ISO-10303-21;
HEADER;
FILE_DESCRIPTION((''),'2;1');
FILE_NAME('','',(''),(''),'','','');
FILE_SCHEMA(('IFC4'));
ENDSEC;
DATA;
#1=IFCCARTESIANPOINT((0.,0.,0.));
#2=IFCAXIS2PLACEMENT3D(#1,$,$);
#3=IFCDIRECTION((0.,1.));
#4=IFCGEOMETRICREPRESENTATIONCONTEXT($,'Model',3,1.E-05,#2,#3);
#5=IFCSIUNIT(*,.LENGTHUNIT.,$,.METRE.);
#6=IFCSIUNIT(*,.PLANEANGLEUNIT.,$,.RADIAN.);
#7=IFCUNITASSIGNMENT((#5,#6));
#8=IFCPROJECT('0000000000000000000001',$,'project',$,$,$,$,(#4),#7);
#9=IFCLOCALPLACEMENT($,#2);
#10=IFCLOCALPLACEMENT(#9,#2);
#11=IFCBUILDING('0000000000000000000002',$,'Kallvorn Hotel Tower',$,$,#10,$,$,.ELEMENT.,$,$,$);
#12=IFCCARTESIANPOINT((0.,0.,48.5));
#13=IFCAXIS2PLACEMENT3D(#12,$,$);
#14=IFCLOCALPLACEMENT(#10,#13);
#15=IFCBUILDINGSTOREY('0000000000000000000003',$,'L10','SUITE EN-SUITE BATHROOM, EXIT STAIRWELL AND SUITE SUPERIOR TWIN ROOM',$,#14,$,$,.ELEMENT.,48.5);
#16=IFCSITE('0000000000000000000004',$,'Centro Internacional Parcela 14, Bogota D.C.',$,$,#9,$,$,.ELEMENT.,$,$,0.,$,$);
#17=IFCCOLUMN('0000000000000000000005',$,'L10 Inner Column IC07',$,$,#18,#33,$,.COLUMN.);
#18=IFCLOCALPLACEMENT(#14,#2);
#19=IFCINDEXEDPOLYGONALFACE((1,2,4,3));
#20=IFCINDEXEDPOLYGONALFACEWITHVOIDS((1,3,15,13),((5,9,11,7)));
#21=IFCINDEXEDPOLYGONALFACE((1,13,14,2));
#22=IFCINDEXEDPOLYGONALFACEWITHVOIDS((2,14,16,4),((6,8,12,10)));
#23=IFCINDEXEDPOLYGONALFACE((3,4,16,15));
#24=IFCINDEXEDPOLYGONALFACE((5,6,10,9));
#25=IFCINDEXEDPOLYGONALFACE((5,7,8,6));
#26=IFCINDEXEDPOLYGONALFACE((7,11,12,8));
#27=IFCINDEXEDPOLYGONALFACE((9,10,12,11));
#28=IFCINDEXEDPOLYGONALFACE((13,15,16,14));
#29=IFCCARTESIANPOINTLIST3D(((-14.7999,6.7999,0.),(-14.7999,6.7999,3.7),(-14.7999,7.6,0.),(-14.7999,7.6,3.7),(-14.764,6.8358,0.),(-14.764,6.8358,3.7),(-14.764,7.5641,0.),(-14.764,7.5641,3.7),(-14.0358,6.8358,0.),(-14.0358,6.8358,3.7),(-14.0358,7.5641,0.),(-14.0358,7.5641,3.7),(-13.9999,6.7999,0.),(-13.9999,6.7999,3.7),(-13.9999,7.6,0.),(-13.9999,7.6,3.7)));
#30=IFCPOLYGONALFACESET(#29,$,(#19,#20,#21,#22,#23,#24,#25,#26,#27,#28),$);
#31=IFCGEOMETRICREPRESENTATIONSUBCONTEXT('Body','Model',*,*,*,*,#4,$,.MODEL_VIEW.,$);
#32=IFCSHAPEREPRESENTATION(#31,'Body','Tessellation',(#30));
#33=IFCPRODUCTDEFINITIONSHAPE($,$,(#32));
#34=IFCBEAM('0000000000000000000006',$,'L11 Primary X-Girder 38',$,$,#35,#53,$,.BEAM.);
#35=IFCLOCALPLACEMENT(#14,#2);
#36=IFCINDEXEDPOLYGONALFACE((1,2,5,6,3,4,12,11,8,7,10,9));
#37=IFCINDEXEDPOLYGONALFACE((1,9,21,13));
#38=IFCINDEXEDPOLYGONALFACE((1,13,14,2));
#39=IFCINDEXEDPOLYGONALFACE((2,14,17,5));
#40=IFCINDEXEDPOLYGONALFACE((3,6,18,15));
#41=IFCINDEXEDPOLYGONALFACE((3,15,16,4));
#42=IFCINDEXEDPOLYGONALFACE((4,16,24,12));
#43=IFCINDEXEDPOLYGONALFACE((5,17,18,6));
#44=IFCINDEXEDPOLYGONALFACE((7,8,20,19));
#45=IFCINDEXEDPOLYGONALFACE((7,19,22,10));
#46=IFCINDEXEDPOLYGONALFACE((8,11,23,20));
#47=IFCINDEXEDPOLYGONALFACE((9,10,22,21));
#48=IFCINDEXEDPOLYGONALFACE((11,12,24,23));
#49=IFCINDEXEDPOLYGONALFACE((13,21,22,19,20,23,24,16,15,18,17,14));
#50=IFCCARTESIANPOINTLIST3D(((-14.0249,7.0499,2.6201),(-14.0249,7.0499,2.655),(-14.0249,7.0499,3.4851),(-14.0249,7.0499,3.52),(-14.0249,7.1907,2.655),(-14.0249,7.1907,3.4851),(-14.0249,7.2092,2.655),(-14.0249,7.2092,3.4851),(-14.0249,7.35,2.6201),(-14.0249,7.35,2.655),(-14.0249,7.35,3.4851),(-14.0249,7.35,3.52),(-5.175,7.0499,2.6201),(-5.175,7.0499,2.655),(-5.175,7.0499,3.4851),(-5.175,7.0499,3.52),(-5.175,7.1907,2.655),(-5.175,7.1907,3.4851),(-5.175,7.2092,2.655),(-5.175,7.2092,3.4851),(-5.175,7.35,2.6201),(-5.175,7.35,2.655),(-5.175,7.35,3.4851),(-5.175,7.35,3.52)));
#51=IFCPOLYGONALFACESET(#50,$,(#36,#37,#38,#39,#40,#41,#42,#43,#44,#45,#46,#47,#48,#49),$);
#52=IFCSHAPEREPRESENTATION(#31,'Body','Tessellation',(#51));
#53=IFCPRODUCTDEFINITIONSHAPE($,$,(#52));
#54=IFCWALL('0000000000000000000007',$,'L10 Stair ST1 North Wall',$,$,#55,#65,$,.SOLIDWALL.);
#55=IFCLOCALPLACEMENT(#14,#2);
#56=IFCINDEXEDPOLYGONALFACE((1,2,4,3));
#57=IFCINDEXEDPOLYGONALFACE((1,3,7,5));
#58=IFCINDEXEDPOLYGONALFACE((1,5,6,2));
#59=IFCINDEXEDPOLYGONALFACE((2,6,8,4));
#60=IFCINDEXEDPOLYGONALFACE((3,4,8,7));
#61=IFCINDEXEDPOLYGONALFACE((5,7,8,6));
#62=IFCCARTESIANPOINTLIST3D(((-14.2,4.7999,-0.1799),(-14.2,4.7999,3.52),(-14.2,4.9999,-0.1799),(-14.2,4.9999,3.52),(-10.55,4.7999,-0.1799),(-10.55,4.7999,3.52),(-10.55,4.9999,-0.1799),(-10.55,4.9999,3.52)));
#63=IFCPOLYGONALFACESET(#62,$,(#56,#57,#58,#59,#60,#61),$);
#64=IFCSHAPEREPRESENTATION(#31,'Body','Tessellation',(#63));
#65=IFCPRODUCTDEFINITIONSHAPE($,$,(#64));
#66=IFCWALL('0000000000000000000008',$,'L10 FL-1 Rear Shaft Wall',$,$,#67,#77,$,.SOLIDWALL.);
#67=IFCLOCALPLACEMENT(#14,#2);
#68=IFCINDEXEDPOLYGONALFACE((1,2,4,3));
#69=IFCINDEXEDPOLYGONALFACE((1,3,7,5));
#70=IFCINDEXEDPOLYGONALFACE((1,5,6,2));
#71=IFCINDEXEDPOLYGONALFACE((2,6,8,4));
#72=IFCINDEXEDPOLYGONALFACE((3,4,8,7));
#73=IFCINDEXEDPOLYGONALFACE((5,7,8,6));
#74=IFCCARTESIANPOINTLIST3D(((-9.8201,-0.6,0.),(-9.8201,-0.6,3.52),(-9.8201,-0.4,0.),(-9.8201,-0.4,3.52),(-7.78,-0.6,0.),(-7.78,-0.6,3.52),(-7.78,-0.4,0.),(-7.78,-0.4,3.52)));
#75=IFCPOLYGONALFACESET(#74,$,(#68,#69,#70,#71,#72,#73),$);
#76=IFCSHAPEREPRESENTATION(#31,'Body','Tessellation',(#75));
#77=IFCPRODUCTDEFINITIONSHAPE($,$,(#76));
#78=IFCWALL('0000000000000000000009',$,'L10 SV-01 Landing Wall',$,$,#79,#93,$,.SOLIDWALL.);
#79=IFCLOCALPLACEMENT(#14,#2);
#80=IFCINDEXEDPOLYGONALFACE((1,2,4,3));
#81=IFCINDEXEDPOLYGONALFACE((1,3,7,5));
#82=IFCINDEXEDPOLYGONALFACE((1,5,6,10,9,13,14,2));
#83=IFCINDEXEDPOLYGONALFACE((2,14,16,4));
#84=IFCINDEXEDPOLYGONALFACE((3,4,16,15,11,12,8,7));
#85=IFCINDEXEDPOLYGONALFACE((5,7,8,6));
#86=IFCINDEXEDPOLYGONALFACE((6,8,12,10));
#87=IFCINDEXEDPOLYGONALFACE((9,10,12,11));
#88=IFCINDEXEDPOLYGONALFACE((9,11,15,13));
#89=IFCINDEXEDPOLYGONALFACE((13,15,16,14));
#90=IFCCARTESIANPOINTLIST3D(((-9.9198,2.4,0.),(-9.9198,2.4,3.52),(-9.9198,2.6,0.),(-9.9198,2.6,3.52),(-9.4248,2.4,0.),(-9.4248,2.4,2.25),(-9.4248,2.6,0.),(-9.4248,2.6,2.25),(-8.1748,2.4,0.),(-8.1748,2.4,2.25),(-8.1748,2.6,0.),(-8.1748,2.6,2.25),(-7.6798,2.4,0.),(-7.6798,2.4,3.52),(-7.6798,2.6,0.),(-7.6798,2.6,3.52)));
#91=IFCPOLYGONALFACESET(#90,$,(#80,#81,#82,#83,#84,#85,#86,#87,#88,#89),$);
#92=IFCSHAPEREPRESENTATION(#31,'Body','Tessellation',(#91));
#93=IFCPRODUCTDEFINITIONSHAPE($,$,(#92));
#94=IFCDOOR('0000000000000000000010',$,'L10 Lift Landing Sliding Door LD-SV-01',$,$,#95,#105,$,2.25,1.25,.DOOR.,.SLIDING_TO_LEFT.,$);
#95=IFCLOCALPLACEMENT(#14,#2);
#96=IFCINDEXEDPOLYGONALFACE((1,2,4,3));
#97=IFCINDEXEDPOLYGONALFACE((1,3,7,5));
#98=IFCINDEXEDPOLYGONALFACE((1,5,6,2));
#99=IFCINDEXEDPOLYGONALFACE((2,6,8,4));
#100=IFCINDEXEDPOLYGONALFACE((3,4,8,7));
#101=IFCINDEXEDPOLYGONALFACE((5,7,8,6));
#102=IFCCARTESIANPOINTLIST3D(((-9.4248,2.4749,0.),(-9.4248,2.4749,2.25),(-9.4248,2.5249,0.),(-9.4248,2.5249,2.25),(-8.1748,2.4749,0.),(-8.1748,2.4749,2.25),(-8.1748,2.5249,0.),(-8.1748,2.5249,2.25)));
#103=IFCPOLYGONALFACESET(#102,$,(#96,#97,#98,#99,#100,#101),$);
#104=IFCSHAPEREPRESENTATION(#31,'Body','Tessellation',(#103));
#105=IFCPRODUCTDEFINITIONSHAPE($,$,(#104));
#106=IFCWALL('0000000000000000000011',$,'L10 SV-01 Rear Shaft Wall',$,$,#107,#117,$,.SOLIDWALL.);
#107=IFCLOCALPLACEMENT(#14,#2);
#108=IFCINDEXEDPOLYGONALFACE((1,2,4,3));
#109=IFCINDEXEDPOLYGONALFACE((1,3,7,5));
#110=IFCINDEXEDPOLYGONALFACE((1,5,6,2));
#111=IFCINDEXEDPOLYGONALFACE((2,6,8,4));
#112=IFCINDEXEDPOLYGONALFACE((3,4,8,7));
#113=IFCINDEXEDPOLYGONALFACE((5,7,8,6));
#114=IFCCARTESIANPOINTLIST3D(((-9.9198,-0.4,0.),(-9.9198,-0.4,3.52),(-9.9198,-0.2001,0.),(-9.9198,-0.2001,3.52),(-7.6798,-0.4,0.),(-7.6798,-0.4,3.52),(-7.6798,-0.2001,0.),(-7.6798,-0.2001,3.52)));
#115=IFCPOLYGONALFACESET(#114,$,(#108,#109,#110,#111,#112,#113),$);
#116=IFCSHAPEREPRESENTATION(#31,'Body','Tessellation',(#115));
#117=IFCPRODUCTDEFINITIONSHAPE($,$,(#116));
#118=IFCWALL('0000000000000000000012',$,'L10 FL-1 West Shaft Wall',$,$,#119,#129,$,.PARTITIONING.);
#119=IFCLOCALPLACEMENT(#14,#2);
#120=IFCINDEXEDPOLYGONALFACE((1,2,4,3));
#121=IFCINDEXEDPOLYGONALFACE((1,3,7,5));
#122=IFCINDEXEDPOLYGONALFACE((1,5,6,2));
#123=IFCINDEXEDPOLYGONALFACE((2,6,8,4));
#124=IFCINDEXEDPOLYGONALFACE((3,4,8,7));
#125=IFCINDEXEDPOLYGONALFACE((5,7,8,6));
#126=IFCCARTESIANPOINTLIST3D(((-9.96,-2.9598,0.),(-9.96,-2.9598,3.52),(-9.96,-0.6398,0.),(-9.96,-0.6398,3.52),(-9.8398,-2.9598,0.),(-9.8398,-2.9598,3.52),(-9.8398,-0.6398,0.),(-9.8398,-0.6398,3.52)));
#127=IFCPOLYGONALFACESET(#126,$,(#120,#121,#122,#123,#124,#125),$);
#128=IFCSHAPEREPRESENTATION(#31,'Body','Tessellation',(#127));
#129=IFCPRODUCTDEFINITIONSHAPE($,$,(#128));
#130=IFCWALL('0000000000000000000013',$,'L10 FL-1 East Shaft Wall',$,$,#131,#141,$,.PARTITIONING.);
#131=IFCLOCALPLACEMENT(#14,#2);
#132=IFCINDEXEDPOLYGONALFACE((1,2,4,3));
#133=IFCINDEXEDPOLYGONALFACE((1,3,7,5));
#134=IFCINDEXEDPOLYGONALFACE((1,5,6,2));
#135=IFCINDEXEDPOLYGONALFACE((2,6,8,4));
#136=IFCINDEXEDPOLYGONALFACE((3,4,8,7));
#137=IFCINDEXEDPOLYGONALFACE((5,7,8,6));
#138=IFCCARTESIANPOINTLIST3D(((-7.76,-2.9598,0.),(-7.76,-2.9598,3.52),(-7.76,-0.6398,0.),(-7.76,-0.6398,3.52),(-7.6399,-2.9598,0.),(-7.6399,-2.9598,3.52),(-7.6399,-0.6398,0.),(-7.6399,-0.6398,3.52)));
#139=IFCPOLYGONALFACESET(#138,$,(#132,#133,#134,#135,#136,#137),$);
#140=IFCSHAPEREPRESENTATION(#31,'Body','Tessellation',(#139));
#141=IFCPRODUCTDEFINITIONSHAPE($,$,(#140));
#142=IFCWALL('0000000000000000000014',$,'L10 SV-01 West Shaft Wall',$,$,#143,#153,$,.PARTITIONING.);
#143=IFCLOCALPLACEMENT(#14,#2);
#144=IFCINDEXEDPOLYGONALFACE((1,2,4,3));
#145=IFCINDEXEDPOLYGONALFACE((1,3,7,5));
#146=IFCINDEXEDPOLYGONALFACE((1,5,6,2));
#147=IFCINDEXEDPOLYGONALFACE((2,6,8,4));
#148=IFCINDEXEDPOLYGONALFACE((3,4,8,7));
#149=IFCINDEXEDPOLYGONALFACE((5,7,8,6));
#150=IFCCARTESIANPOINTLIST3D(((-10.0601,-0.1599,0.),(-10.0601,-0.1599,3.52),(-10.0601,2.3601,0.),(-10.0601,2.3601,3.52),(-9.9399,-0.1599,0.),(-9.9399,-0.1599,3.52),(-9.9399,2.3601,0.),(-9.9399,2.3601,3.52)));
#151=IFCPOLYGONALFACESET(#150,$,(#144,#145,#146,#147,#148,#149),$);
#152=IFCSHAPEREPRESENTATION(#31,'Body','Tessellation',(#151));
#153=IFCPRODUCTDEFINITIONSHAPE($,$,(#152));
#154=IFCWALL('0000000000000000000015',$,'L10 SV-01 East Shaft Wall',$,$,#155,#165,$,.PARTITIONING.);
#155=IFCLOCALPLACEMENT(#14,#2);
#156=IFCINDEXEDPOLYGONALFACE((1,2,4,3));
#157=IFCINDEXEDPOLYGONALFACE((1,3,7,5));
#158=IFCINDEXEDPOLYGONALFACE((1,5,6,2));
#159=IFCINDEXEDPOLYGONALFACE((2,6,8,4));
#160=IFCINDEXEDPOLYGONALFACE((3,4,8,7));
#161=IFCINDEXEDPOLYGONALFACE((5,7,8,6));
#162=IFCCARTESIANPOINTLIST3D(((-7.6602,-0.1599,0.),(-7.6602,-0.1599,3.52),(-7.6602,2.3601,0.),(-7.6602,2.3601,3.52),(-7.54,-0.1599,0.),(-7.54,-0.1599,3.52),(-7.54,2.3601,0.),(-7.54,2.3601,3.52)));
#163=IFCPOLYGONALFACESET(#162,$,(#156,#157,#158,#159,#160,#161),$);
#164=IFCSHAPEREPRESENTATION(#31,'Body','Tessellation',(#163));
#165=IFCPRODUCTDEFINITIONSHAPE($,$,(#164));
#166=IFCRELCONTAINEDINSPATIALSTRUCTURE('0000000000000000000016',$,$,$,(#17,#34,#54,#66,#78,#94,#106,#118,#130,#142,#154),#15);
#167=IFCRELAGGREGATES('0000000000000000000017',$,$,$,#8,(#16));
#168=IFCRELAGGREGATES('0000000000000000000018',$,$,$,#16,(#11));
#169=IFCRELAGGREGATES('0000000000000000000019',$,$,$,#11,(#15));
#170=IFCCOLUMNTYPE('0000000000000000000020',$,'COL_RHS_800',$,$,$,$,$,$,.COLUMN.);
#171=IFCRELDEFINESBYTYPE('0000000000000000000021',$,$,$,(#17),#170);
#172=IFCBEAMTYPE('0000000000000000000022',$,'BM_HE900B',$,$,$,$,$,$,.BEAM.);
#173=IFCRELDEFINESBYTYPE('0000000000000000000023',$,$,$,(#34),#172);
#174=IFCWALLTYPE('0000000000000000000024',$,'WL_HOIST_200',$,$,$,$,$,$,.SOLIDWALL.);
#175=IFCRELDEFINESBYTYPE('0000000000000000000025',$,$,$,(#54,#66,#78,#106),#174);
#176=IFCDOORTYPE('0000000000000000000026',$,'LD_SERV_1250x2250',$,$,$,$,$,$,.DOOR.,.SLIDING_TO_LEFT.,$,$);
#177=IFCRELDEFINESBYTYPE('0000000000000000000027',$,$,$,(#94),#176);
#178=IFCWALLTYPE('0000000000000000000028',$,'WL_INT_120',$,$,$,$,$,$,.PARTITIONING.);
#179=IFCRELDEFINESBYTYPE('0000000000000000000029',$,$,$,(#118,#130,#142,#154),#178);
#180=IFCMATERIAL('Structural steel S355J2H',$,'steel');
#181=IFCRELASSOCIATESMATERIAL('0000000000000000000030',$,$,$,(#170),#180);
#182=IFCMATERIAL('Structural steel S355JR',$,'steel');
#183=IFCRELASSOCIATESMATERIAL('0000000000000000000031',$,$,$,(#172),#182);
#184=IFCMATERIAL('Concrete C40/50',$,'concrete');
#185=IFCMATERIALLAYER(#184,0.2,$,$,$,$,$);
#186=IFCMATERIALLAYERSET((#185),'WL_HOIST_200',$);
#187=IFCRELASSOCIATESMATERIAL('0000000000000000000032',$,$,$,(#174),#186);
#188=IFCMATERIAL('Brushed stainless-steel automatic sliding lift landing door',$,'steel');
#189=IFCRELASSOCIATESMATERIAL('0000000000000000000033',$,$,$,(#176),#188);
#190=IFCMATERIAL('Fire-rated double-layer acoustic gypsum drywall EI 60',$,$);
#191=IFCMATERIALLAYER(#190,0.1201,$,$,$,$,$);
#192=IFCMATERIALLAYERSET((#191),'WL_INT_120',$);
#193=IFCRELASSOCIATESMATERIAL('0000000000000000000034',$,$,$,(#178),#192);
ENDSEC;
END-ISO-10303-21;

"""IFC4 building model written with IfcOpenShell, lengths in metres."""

from ifc_helpers import new_model, si_unit, direction, frame, frame_2d, origin, origin_2d, place, context, subcontext, project, spatial, rectangle, hollow_rectangle, i_section, extrude, material, layer, layer_set, material_profile, profile_set, type_object, element, fill, save


model = new_model("IFC4")

# Units and contexts
model_context = context("Model", 3, precision=1e-05, world=origin(), true_north=direction((0.0, 1.0)))
body_context = subcontext(model_context, "Body", "Model", "MODEL_VIEW")
ifc_project = project(units=[si_unit("LENGTHUNIT", "METRE"), si_unit("PLANEANGLEUNIT", "RADIAN")], contexts=[model_context])

# Site, building, storey
site_placement = place(None, origin())
site = spatial("IfcSite", under=ifc_project, at=site_placement, Name="Centro Internacional Parcela 14, Bogota D.C.", CompositionType="ELEMENT", RefElevation=0.0)
building_placement = place(site_placement, origin())
building = spatial("IfcBuilding", under=site, at=building_placement, Name="Kallvorn Hotel Tower", CompositionType="ELEMENT")
storey_placement = place(building_placement, frame((0.0, 0.0, 48.5)))
storey = spatial("IfcBuildingStorey", under=building, at=storey_placement, Name="L10", Description="SUITE EN-SUITE BATHROOM, EXIT STAIRWELL AND SUITE SUPERIOR TWIN ROOM", CompositionType="ELEMENT", Elevation=48.5)

# Column
ifc_material_1 = material(Name="Structural steel S355J2H", Category="steel")
ifc_material_profile_1 = material_profile(ifc_material_1, hollow_rectangle(XDim=0.8, YDim=0.8, WallThickness=0.0359, at=origin_2d()), Name="RHS 800x800x36")
ifc_profile_set_1 = profile_set([ifc_material_profile_1], Name="Structural steel S355J2H")
column_type = type_object("IfcColumnType", Name="COL_RHS_800", PredefinedType="COLUMN", material=ifc_profile_set_1)
column_placement = place(storey_placement, frame((-14.3999, 7.2, 0.0), z_axis=(0.0, 0.0, 1.0), x_axis=(1.0, 0.0, 0.0)))
element("IfcColumn", 1, at=column_placement, inside=storey, type_object=column_type, Name="L10 Inner Column IC07", PredefinedType="COLUMN", context=body_context, shape_type="SweptSolid", body=[
    extrude(hollow_rectangle(XDim=0.8, YDim=0.8, WallThickness=0.0359, at=origin_2d()), origin(), (0.0, 0.0, 1.0), 3.7),
])

# Beam
ifc_material_2 = material(Name="Structural steel S355JR", Category="steel")
ifc_material_profile_2 = material_profile(ifc_material_2, i_section(OverallWidth=0.3, OverallDepth=0.8999, WebThickness=0.0186, FlangeThickness=0.0349, at=origin_2d()), Name="HE 900 B")
ifc_profile_set_2 = profile_set([ifc_material_profile_2], Name="Structural steel S355JR")
beam_type = type_object("IfcBeamType", Name="BM_HE900B", PredefinedType="BEAM", material=ifc_profile_set_2)
beam_placement = place(storey_placement, frame((-14.0249, 7.2, 3.0701), z_axis=(1.0, 0.0, 0.0), x_axis=(0.0, 1.0, 0.0)))
element("IfcBeam", 2, at=beam_placement, inside=storey, type_object=beam_type, Name="L11 Primary X-Girder 38", PredefinedType="BEAM", context=body_context, shape_type="SweptSolid", body=[
    extrude(i_section(OverallWidth=0.3, OverallDepth=0.8999, WebThickness=0.0186, FlangeThickness=0.0349, at=origin_2d()), origin(), (0.0, 0.0, 1.0), 8.8499),
])

# Walls
ifc_material_3 = material(Name="Concrete C40/50", Category="concrete")
ifc_layer_1 = layer(ifc_material_3, 0.2)
ifc_layer_set_1 = layer_set([ifc_layer_1], Name="WL_HOIST_200")
wall_type_1 = type_object("IfcWallType", Name="WL_HOIST_200", PredefinedType="SOLIDWALL", material=ifc_layer_set_1)
wall_1_placement = place(storey_placement, frame((-14.2, 4.8999, -0.1799), z_axis=(0.0, 0.0, 1.0), x_axis=(1.0, 0.0, 0.0)))
element("IfcWall", 3, at=wall_1_placement, inside=storey, type_object=wall_type_1, Name="L10 Stair ST1 North Wall", PredefinedType="SOLIDWALL", context=body_context, shape_type="SweptSolid", body=[
    extrude(rectangle(XDim=3.6499, YDim=0.2, at=frame_2d((1.825, 0.0))), origin(), (0.0, 0.0, 1.0), 3.7),
])
wall_2_placement = place(storey_placement, frame((-9.8201, -0.5, 0.0), z_axis=(0.0, 0.0, 1.0), x_axis=(1.0, 0.0, 0.0)))
element("IfcWall", 4, at=wall_2_placement, inside=storey, type_object=wall_type_1, Name="L10 FL-1 Rear Shaft Wall", PredefinedType="SOLIDWALL", context=body_context, shape_type="SweptSolid", body=[
    extrude(rectangle(XDim=2.04, YDim=0.2, at=frame_2d((1.02, 0.0))), origin(), (0.0, 0.0, 1.0), 3.52),
])

# Wall, opening, door
wall_3_placement = place(storey_placement, frame((-9.9199, 2.5, 0.0), z_axis=(0.0, 0.0, 1.0), x_axis=(1.0, 0.0, 0.0)))
wall_3 = element("IfcWall", 5, at=wall_3_placement, inside=storey, type_object=wall_type_1, Name="L10 SV-01 Landing Wall", PredefinedType="SOLIDWALL", context=body_context, shape_type="SweptSolid", body=[
    extrude(rectangle(XDim=2.24, YDim=0.2, at=frame_2d((1.1201, 0.0))), origin(), (0.0, 0.0, 1.0), 3.52),
])
opening_1_placement = place(wall_3_placement, frame((0.4951, 0.0, 0.0)))
opening_1 = element("IfcOpeningElement", 6, at=opening_1_placement, cuts=wall_3, PredefinedType="OPENING", context=body_context, shape_type="SweptSolid", body=[
    extrude(rectangle(XDim=1.25, YDim=2.25, at=frame_2d((0.625, 1.125))), frame((0.0, 0.115, 0.0), z_axis=(0.0, -1.0, 0.0), x_axis=(1.0, 0.0, 0.0)), (0.0, 0.0, 1.0), 0.23),
])
ifc_material_4 = material(Name="Brushed stainless-steel automatic sliding lift landing door", Category="steel")
door_type_1 = type_object("IfcDoorType", Name="LD_SERV_1250x2250", OperationType="SLIDING_TO_LEFT", PredefinedType="DOOR", material=ifc_material_4)
door_1_placement = place(opening_1_placement, origin())
door_1 = element("IfcDoor", 7, at=door_1_placement, inside=storey, type_object=door_type_1, Name="L10 Lift Landing Sliding Door LD-SV-01", OperationType="SLIDING_TO_LEFT", OverallHeight=2.25, OverallWidth=1.25, PredefinedType="DOOR", context=body_context, shape_type="SweptSolid", body=[
    extrude(rectangle(XDim=1.25, YDim=2.25, at=frame_2d((0.625, 1.125))), frame((0.0, 0.0249, 0.0), z_axis=(0.0, -1.0, 0.0), x_axis=(1.0, 0.0, 0.0)), (0.0, 0.0, 1.0), 0.05),
])
fill(opening_1, door_1)

# Walls
wall_4_placement = place(storey_placement, frame((-9.9199, -0.3, 0.0), z_axis=(0.0, 0.0, 1.0), x_axis=(1.0, 0.0, 0.0)))
element("IfcWall", 8, at=wall_4_placement, inside=storey, type_object=wall_type_1, Name="L10 SV-01 Rear Shaft Wall", PredefinedType="SOLIDWALL", context=body_context, shape_type="SweptSolid", body=[
    extrude(rectangle(XDim=2.24, YDim=0.2, at=frame_2d((1.1201, 0.0))), origin(), (0.0, 0.0, 1.0), 3.52),
])
ifc_material_5 = material(Name="Fire-rated double-layer acoustic gypsum drywall EI 60")
ifc_layer_2 = layer(ifc_material_5, 0.1201)
ifc_layer_set_2 = layer_set([ifc_layer_2], Name="WL_INT_120")
wall_type_2 = type_object("IfcWallType", Name="WL_INT_120", PredefinedType="PARTITIONING", material=ifc_layer_set_2)
for number, where, z_axis, x_axis, name in (
    (9, (-9.8999, -2.96, 0.0), (0.0, 0.0, 1.0), (0.0, 1.0, 0.0), "L10 FL-1 West Shaft Wall"),
    (10, (-7.7, -2.96, 0.0), (0.0, 0.0, 1.0), (0.0, 1.0, 0.0), "L10 FL-1 East Shaft Wall"),
):
    element("IfcWall", number, at=place(storey_placement, frame(where, z_axis=z_axis, x_axis=x_axis)), inside=storey, type_object=wall_type_2, Name=name, PredefinedType="PARTITIONING", context=body_context, shape_type="SweptSolid", body=[
        extrude(rectangle(XDim=2.3201, YDim=0.1201, at=frame_2d((1.1602, 0.0))), origin(), (0.0, 0.0, 1.0), 3.52),
    ])
for number, where, z_axis, x_axis, name in (
    (11, (-10.0, -0.1599, 0.0), (0.0, 0.0, 1.0), (0.0, 1.0, 0.0), "L10 SV-01 West Shaft Wall"),
    (12, (-7.6001, -0.1599, 0.0), (0.0, 0.0, 1.0), (0.0, 1.0, 0.0), "L10 SV-01 East Shaft Wall"),
):
    element("IfcWall", number, at=place(storey_placement, frame(where, z_axis=z_axis, x_axis=x_axis)), inside=storey, type_object=wall_type_2, Name=name, PredefinedType="PARTITIONING", context=body_context, shape_type="SweptSolid", body=[
        extrude(rectangle(XDim=2.52, YDim=0.1201, at=frame_2d((1.26, 0.0))), origin(), (0.0, 0.0, 1.0), 3.52),
    ])

save(model, "model.ifc")
